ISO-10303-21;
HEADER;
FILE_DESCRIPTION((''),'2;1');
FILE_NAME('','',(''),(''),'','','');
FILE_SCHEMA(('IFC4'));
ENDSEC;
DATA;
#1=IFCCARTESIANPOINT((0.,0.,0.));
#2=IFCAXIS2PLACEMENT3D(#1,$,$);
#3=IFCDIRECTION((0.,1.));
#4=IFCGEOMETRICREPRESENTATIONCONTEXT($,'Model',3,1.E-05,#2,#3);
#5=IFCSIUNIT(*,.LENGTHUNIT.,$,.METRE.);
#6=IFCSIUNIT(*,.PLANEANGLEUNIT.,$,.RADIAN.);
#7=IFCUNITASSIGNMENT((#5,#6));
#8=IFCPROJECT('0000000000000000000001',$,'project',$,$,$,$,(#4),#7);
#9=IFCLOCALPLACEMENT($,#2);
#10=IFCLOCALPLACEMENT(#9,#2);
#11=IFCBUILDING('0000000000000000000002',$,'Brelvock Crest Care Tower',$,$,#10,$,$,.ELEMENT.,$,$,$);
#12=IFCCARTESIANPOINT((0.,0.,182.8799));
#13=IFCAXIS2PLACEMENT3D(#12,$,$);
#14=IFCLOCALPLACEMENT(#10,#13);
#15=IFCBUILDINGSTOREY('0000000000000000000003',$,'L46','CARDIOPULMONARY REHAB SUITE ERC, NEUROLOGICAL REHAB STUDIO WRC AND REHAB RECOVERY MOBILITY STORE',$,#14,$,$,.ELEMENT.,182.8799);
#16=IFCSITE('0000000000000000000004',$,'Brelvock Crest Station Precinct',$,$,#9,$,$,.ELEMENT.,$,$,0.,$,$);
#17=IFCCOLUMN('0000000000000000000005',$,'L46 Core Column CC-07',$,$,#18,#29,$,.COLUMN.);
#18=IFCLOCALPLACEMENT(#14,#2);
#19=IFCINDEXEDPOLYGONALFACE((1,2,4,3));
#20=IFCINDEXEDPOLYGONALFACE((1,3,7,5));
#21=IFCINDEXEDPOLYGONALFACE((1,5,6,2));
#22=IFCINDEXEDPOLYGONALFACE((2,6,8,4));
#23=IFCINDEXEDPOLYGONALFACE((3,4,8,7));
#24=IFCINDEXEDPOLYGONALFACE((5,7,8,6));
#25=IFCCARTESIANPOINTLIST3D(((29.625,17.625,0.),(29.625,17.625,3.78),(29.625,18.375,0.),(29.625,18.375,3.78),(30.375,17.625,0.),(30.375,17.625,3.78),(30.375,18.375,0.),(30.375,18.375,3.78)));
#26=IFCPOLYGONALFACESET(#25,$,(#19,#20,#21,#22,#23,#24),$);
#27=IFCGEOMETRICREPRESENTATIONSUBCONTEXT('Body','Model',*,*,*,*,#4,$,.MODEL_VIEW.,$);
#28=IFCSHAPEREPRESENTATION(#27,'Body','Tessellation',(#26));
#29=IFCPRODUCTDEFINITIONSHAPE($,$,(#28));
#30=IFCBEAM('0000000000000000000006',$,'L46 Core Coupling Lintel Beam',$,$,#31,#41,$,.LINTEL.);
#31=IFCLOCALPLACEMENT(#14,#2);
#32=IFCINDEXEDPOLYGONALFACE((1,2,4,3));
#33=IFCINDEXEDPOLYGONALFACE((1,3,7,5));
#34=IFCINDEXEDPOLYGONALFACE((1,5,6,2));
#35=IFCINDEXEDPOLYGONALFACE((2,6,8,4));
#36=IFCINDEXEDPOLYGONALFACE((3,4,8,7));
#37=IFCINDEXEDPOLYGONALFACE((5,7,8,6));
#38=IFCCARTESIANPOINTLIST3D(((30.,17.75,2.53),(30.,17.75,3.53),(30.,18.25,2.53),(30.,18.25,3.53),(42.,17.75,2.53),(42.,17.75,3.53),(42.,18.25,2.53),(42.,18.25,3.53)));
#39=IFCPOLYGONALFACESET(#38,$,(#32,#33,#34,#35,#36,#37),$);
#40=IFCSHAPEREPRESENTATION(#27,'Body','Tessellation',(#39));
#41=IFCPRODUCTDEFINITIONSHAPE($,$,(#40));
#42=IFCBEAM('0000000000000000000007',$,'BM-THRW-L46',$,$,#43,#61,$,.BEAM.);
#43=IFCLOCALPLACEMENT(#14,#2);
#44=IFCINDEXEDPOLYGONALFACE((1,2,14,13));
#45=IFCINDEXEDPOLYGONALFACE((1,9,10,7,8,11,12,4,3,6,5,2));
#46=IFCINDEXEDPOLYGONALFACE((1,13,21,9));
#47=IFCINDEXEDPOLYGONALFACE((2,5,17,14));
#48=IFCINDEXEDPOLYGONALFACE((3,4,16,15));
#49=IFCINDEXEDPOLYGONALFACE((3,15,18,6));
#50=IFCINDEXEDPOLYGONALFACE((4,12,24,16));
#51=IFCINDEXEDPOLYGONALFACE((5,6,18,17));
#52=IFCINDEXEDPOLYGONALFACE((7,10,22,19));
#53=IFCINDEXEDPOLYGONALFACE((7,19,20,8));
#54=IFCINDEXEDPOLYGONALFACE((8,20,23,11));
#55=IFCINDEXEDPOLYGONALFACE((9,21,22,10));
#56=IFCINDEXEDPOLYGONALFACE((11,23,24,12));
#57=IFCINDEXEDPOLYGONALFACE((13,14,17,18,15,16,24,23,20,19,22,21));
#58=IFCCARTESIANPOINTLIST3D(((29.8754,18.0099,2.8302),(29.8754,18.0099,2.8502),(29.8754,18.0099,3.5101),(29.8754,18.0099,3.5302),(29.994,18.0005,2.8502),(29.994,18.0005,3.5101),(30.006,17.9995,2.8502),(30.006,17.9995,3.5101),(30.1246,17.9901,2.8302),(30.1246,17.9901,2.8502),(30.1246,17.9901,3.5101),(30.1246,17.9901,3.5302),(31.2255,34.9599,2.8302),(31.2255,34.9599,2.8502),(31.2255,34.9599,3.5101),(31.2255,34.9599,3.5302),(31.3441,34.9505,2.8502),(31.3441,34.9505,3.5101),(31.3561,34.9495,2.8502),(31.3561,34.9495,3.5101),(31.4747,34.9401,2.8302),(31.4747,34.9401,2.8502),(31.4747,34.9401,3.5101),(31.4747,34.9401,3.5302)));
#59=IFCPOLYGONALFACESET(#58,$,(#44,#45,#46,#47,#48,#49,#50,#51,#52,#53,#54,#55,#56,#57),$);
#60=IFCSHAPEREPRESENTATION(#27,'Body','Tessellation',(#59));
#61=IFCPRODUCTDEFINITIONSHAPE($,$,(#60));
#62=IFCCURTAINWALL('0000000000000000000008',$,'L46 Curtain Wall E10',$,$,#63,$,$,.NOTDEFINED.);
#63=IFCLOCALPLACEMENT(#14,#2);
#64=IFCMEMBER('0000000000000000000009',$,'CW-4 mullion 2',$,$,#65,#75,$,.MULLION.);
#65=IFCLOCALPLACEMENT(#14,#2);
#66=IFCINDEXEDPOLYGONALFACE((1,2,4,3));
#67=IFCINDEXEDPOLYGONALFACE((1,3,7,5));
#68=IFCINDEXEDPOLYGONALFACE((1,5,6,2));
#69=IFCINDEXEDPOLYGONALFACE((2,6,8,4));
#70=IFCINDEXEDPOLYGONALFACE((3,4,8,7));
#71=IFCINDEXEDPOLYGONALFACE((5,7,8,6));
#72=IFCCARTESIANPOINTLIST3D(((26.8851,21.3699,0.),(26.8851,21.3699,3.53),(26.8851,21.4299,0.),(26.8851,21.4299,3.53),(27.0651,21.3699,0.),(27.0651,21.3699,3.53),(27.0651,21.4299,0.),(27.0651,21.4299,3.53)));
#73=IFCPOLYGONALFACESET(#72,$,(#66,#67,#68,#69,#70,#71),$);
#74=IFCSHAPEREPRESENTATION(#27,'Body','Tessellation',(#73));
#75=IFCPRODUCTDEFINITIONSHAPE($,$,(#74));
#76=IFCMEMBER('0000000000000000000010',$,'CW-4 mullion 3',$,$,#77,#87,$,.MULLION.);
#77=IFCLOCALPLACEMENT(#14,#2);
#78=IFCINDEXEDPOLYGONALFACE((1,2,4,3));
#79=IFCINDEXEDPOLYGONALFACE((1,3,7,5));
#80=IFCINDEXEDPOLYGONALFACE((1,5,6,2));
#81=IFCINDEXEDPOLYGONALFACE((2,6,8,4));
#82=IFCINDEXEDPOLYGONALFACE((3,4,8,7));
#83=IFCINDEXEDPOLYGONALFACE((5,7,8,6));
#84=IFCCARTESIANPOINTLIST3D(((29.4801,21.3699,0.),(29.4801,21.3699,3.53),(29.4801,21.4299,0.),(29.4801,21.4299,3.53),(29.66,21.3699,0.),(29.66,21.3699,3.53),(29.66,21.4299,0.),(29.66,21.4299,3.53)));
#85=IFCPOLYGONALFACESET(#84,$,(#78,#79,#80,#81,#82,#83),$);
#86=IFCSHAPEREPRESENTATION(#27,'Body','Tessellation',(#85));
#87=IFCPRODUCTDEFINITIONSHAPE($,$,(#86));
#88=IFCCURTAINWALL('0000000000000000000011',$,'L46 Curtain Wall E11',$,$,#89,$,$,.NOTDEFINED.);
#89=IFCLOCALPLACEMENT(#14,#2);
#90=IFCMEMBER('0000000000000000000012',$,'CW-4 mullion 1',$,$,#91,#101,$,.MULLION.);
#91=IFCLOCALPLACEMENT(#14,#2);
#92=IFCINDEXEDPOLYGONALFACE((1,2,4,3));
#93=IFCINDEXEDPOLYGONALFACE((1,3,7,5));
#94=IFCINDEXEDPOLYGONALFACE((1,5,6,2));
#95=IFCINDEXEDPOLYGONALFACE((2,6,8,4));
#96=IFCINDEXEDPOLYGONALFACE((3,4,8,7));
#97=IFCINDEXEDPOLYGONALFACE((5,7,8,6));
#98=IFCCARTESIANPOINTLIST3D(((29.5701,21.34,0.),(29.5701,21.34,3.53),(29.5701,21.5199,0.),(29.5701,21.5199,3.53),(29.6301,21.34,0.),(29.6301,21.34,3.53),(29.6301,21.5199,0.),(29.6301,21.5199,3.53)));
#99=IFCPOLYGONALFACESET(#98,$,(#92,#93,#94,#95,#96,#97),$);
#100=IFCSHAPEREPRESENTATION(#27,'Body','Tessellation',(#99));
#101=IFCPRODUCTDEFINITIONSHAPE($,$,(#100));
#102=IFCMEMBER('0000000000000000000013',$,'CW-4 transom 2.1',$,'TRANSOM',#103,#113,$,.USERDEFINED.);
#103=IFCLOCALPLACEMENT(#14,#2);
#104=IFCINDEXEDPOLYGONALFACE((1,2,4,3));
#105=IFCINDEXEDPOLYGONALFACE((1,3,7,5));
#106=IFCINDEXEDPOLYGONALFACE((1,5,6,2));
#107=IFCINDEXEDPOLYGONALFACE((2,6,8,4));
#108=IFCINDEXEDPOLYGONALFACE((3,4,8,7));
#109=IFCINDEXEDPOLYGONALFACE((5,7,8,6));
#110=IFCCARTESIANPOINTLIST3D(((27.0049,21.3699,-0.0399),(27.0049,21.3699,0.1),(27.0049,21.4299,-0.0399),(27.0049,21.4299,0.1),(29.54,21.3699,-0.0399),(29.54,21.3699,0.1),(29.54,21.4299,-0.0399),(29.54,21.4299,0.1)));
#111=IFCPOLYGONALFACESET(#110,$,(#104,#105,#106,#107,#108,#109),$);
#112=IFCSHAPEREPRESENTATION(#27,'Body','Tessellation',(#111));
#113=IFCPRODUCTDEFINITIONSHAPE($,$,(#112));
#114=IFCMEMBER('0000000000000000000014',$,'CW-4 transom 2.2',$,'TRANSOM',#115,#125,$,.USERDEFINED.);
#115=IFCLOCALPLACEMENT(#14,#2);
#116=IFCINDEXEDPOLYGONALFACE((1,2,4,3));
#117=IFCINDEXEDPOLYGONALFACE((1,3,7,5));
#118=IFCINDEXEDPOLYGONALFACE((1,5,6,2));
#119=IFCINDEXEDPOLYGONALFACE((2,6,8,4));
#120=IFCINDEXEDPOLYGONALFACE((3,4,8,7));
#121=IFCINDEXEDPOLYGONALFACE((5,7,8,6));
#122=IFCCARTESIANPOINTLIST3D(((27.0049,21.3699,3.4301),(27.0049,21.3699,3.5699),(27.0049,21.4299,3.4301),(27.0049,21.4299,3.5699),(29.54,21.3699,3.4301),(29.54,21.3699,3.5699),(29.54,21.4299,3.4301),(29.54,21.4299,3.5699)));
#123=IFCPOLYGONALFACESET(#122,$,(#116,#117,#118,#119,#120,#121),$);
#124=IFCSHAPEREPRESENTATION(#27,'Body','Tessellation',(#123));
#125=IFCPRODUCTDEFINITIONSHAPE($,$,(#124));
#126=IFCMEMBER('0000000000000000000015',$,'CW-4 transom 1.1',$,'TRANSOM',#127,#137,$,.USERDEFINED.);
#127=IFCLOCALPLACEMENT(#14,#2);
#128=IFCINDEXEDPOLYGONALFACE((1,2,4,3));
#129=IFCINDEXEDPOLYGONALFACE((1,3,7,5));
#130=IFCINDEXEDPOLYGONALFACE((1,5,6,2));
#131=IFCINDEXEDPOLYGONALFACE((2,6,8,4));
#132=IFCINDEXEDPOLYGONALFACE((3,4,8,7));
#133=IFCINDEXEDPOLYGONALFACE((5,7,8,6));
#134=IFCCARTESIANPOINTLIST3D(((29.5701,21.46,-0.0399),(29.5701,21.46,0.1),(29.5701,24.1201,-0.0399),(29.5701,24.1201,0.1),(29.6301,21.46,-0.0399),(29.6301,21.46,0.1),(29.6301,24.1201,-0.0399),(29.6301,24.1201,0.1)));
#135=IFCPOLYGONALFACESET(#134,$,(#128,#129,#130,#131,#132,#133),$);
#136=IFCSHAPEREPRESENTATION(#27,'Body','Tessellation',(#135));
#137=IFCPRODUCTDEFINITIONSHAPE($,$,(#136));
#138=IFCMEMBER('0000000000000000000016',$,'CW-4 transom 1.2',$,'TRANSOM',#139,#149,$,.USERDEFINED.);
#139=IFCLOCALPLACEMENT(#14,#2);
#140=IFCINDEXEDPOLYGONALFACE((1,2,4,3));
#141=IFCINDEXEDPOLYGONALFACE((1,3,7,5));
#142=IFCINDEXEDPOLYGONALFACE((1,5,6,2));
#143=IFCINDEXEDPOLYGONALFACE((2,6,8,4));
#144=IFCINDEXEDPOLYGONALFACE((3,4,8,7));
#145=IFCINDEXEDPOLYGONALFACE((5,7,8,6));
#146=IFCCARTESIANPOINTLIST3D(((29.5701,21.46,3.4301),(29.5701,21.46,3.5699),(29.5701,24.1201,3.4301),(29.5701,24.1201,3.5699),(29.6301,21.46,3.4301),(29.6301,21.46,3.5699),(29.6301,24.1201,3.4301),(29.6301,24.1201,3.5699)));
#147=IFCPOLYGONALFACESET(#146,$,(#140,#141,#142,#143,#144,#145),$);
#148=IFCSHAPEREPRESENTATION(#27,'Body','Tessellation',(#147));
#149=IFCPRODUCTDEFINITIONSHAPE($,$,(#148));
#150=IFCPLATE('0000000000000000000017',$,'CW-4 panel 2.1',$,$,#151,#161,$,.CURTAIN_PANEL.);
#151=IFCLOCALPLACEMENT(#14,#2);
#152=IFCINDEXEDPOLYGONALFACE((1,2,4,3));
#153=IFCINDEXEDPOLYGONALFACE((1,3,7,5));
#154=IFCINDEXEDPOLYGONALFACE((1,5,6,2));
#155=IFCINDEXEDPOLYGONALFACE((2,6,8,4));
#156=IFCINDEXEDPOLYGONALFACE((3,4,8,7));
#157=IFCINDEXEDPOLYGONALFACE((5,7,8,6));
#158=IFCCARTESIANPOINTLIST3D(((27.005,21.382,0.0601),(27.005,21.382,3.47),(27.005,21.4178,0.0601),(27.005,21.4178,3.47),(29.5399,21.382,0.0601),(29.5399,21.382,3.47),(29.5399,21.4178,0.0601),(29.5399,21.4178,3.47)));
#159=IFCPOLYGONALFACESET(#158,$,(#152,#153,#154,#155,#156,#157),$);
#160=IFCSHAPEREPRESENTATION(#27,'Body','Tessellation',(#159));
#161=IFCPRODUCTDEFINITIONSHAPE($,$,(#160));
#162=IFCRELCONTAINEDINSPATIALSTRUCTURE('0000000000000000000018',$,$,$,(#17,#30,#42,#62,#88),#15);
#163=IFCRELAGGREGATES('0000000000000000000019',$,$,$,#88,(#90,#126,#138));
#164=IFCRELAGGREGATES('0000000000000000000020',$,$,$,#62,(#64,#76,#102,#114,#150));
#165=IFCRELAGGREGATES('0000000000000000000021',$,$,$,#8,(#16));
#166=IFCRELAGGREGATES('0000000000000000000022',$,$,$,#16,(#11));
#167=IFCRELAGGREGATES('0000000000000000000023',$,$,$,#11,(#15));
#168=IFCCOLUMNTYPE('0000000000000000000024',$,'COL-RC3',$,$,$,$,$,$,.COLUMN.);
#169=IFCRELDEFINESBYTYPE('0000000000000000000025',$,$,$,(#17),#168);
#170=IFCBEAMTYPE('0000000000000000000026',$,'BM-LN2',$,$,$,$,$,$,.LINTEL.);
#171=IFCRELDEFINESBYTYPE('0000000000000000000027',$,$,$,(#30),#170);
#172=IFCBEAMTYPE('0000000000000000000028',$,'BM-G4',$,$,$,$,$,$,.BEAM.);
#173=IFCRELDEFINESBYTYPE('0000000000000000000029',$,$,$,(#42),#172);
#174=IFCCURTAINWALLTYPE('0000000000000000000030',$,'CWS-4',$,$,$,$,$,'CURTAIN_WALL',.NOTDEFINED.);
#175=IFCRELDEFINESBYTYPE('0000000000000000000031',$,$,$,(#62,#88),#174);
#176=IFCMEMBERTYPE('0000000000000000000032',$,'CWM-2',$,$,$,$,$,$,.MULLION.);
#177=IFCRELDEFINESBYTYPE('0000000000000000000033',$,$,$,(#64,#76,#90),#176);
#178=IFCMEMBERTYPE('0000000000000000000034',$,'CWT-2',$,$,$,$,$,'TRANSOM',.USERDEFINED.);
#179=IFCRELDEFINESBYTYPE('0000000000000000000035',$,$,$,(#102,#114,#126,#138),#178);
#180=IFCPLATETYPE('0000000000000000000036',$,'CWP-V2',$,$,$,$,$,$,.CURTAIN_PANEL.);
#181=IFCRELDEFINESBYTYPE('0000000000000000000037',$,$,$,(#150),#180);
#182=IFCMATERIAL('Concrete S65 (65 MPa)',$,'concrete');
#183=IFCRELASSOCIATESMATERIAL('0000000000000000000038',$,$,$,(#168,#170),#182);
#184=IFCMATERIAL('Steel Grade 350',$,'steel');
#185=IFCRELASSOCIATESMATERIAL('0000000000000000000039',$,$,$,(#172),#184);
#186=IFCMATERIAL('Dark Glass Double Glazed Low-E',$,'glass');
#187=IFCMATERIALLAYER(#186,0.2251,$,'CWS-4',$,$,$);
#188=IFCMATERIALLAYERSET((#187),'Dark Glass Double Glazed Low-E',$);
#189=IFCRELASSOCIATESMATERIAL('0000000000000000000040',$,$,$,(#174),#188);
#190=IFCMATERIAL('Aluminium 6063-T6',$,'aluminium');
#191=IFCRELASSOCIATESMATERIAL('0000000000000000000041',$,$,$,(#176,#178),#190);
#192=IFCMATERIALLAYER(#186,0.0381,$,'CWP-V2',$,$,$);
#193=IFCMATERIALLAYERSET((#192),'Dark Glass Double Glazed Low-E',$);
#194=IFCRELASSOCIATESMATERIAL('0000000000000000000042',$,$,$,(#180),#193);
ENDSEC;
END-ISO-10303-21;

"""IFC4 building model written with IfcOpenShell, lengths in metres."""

from ifc_helpers import new_model, si_unit, direction, frame, origin, origin_2d, place, context, subcontext, project, spatial, rectangle, i_section, extrude, source, transform, mapped, material, layer, layer_set, material_profile, profile_set, type_object, element, aggregate, save


model = new_model("IFC4")

# Units and contexts
model_context = context("Model", 3, precision=1e-05, world=origin(), true_north=direction((0.0, 1.0)))
body_context = subcontext(model_context, "Body", "Model", "MODEL_VIEW")
ifc_project = project(units=[si_unit("LENGTHUNIT", "METRE"), si_unit("PLANEANGLEUNIT", "RADIAN")], contexts=[model_context])

# Site, building, storey
site_placement = place(None, origin())
site = spatial("IfcSite", under=ifc_project, at=site_placement, Name="Brelvock Crest Station Precinct", CompositionType="ELEMENT", RefElevation=0.0)
building_placement = place(site_placement, origin())
building = spatial("IfcBuilding", under=site, at=building_placement, Name="Brelvock Crest Care Tower", CompositionType="ELEMENT")
storey_placement = place(building_placement, frame((0.0, 0.0, 182.8799)))
storey = spatial("IfcBuildingStorey", under=building, at=storey_placement, Name="L46", Description="CARDIOPULMONARY REHAB SUITE ERC, NEUROLOGICAL REHAB STUDIO WRC AND REHAB RECOVERY MOBILITY STORE", CompositionType="ELEMENT", Elevation=182.8799)

# Column
ifc_material_1 = material(Name="Concrete S65 (65 MPa)", Category="concrete")
ifc_material_profile_1 = material_profile(ifc_material_1, rectangle(XDim=0.75, YDim=0.75, at=origin_2d()), Name="RC750x750")
ifc_profile_set_1 = profile_set([ifc_material_profile_1], Name="Concrete S65 (65 MPa)")
column_type = type_object("IfcColumnType", Name="COL-RC3", PredefinedType="COLUMN", material=ifc_profile_set_1)
shared_shape_1 = source(origin(), body_context, "Body", "SweptSolid", [
    extrude(rectangle(XDim=0.75, YDim=0.75, at=origin_2d()), origin(), (0.0, 0.0, 1.0), 3.78),
])
column_placement = place(storey_placement, frame((30.0, 18.0, 0.0), z_axis=(0.0, 0.0, 1.0), x_axis=(1.0, 0.0, 0.0)))
element("IfcColumn", 1, at=column_placement, inside=storey, type_object=column_type, Name="L46 Core Column CC-07", PredefinedType="COLUMN", context=body_context, shape_type="MappedRepresentation", body=[
    mapped(shared_shape_1, transform((0.0, 0.0, 0.0), x_axis=(1.0, 0.0, 0.0), y_axis=(0.0, 1.0, 0.0), z_axis=(0.0, 0.0, 1.0), scale=1.0)),
])

# Beams
ifc_material_profile_2 = material_profile(ifc_material_1, rectangle(XDim=0.5, YDim=1.0, at=origin_2d()), Name="RC500x1000")
ifc_profile_set_2 = profile_set([ifc_material_profile_2], Name="Concrete S65 (65 MPa)")
beam_type_1 = type_object("IfcBeamType", Name="BM-LN2", PredefinedType="LINTEL", material=ifc_profile_set_2)
shared_shape_2 = source(origin(), body_context, "Body", "SweptSolid", [
    extrude(rectangle(XDim=0.5, YDim=1.0, at=origin_2d()), origin(), (0.0, 0.0, 1.0), 12.0),
])
beam_1_placement = place(storey_placement, frame((30.0, 18.0, 3.03), z_axis=(1.0, 0.0, 0.0), x_axis=(0.0, 1.0, 0.0)))
element("IfcBeam", 2, at=beam_1_placement, inside=storey, type_object=beam_type_1, Name="L46 Core Coupling Lintel Beam", PredefinedType="LINTEL", context=body_context, shape_type="MappedRepresentation", body=[
    mapped(shared_shape_2, transform((0.0, 0.0, 0.0), x_axis=(1.0, 0.0, 0.0), y_axis=(0.0, 1.0, 0.0), z_axis=(0.0, 0.0, 1.0), scale=1.0)),
])
ifc_material_2 = material(Name="Steel Grade 350", Category="steel")
ifc_material_profile_3 = material_profile(ifc_material_2, i_section(OverallWidth=0.25, OverallDepth=0.7, WebThickness=0.012, FlangeThickness=0.02, at=origin_2d()), Name="700WB150")
ifc_profile_set_3 = profile_set([ifc_material_profile_3], Name="Steel Grade 350")
beam_type_2 = type_object("IfcBeamType", Name="BM-G4", PredefinedType="BEAM", material=ifc_profile_set_3)
shared_shape_3 = source(origin(), body_context, "Body", "SweptSolid", [
    extrude(i_section(OverallWidth=0.25, OverallDepth=0.7, WebThickness=0.012, FlangeThickness=0.02, at=origin_2d()), origin(), (0.0, 0.0, 1.0), 17.0037),
])
beam_2_placement = place(storey_placement, frame((30.0, 18.0, 3.1802), z_axis=(0.079401, 0.996843, 0.0), x_axis=(-0.996843, 0.079401, 0.0)))
element("IfcBeam", 3, at=beam_2_placement, inside=storey, type_object=beam_type_2, Name="BM-THRW-L46", PredefinedType="BEAM", context=body_context, shape_type="MappedRepresentation", body=[
    mapped(shared_shape_3, transform((0.0, 0.0, 0.0), x_axis=(1.0, 0.0, 0.0), y_axis=(0.0, 1.0, 0.0), z_axis=(0.0, 0.0, 1.0), scale=1.0)),
])

# Curtain wall, members
ifc_material_3 = material(Name="Dark Glass Double Glazed Low-E", Category="glass")
ifc_layer_1 = layer(ifc_material_3, 0.2251, Name="CWS-4")
ifc_layer_set_1 = layer_set([ifc_layer_1], Name="Dark Glass Double Glazed Low-E")
curtain_wall_type = type_object("IfcCurtainWallType", Name="CWS-4", ElementType="CURTAIN_WALL", PredefinedType="NOTDEFINED", material=ifc_layer_set_1)
curtain_wall_1_placement = place(storey_placement, origin())
curtain_wall_1 = element("IfcCurtainWall", 4, at=curtain_wall_1_placement, inside=storey, type_object=curtain_wall_type, Name="L46 Curtain Wall E10", PredefinedType="NOTDEFINED")
ifc_material_4 = material(Name="Aluminium 6063-T6", Category="aluminium")
ifc_material_profile_4 = material_profile(ifc_material_4, rectangle(XDim=0.0601, YDim=0.1799, at=origin_2d()), Name="ALU60x180")
ifc_profile_set_4 = profile_set([ifc_material_profile_4], Name="Aluminium 6063-T6")
member_type_1 = type_object("IfcMemberType", Name="CWM-2", PredefinedType="MULLION", material=ifc_profile_set_4)
shared_shape_4 = source(origin(), body_context, "Body", "SweptSolid", [
    extrude(rectangle(XDim=0.0601, YDim=0.1799, at=origin_2d()), origin(), (0.0, 0.0, 1.0), 3.53),
])
member_1_placement = place(storey_placement, frame((26.9751, 21.3999, 0.0), z_axis=(0.0, 0.0, 1.0), x_axis=(0.0, 1.0, 0.0)))
member_1 = element("IfcMember", 5, at=member_1_placement, type_object=member_type_1, Name="CW-4 mullion 2", PredefinedType="MULLION", context=body_context, shape_type="MappedRepresentation", body=[
    mapped(shared_shape_4, transform((0.0, 0.0, 0.0), x_axis=(1.0, 0.0, 0.0), y_axis=(0.0, 1.0, 0.0), z_axis=(0.0, 0.0, 1.0), scale=1.0)),
])
member_2_placement = place(storey_placement, frame((29.5701, 21.3999, 0.0), z_axis=(0.0, 0.0, 1.0), x_axis=(0.0, 1.0, 0.0)))
member_2 = element("IfcMember", 6, at=member_2_placement, type_object=member_type_1, Name="CW-4 mullion 3", PredefinedType="MULLION", context=body_context, shape_type="MappedRepresentation", body=[
    mapped(shared_shape_4, transform((0.0, 0.0, 0.0), x_axis=(1.0, 0.0, 0.0), y_axis=(0.0, 1.0, 0.0), z_axis=(0.0, 0.0, 1.0), scale=1.0)),
])

# Curtain wall, member
curtain_wall_2_placement = place(storey_placement, origin())
curtain_wall_2 = element("IfcCurtainWall", 7, at=curtain_wall_2_placement, inside=storey, type_object=curtain_wall_type, Name="L46 Curtain Wall E11", PredefinedType="NOTDEFINED")
member_3_placement = place(storey_placement, frame((29.6001, 21.4299, 0.0), z_axis=(0.0, 0.0, 1.0), x_axis=(-1.0, 0.0, 0.0)))
member_3 = element("IfcMember", 8, at=member_3_placement, type_object=member_type_1, Name="CW-4 mullion 1", PredefinedType="MULLION", context=body_context, shape_type="MappedRepresentation", body=[
    mapped(shared_shape_4, transform((0.0, 0.0, 0.0), x_axis=(1.0, 0.0, 0.0), y_axis=(0.0, 1.0, 0.0), z_axis=(0.0, 0.0, 1.0), scale=1.0)),
])

# Members
ifc_material_profile_5 = material_profile(ifc_material_4, rectangle(XDim=0.0601, YDim=0.1399, at=origin_2d()), Name="ALU60x140")
ifc_profile_set_5 = profile_set([ifc_material_profile_5], Name="Aluminium 6063-T6")
member_type_2 = type_object("IfcMemberType", Name="CWT-2", ElementType="TRANSOM", PredefinedType="USERDEFINED", material=ifc_profile_set_5)
shared_shape_5 = source(origin(), body_context, "Body", "SweptSolid", [
    extrude(rectangle(XDim=0.0601, YDim=0.1399, at=origin_2d()), origin(), (0.0, 0.0, 1.0), 2.5352),
])
member_4_placement = place(storey_placement, frame((27.0049, 21.3999, 0.03), z_axis=(1.0, 0.0, 0.0), x_axis=(0.0, 1.0, 0.0)))
member_4 = element("IfcMember", 9, at=member_4_placement, type_object=member_type_2, Name="CW-4 transom 2.1", ObjectType="TRANSOM", PredefinedType="USERDEFINED", context=body_context, shape_type="MappedRepresentation", body=[
    mapped(shared_shape_5, transform((0.0, 0.0, 0.0), x_axis=(1.0, 0.0, 0.0), y_axis=(0.0, 1.0, 0.0), z_axis=(0.0, 0.0, 1.0), scale=1.0)),
])
member_5_placement = place(storey_placement, frame((27.0049, 21.3999, 3.5), z_axis=(1.0, 0.0, 0.0), x_axis=(0.0, 1.0, 0.0)))
member_5 = element("IfcMember", 10, at=member_5_placement, type_object=member_type_2, Name="CW-4 transom 2.2", ObjectType="TRANSOM", PredefinedType="USERDEFINED", context=body_context, shape_type="MappedRepresentation", body=[
    mapped(shared_shape_5, transform((0.0, 0.0, 0.0), x_axis=(1.0, 0.0, 0.0), y_axis=(0.0, 1.0, 0.0), z_axis=(0.0, 0.0, 1.0), scale=1.0)),
])
shared_shape_6 = source(origin(), body_context, "Body", "SweptSolid", [
    extrude(rectangle(XDim=0.0601, YDim=0.1399, at=origin_2d()), origin(), (0.0, 0.0, 1.0), 2.6602),
])
member_6_placement = place(storey_placement, frame((29.6001, 21.46, 0.03), z_axis=(0.0, 1.0, 0.0), x_axis=(-1.0, 0.0, 0.0)))
member_6 = element("IfcMember", 11, at=member_6_placement, type_object=member_type_2, Name="CW-4 transom 1.1", ObjectType="TRANSOM", PredefinedType="USERDEFINED", context=body_context, shape_type="MappedRepresentation", body=[
    mapped(shared_shape_6, transform((0.0, 0.0, 0.0), x_axis=(1.0, 0.0, 0.0), y_axis=(0.0, 1.0, 0.0), z_axis=(0.0, 0.0, 1.0), scale=1.0)),
])
member_7_placement = place(storey_placement, frame((29.6001, 21.46, 3.5), z_axis=(0.0, 1.0, 0.0), x_axis=(-1.0, 0.0, 0.0)))
member_7 = element("IfcMember", 12, at=member_7_placement, type_object=member_type_2, Name="CW-4 transom 1.2", ObjectType="TRANSOM", PredefinedType="USERDEFINED", context=body_context, shape_type="MappedRepresentation", body=[
    mapped(shared_shape_6, transform((0.0, 0.0, 0.0), x_axis=(1.0, 0.0, 0.0), y_axis=(0.0, 1.0, 0.0), z_axis=(0.0, 0.0, 1.0), scale=1.0)),
])
aggregate(curtain_wall_2, [member_3, member_6, member_7])

# Plate
ifc_layer_2 = layer(ifc_material_3, 0.0381, Name="CWP-V2")
ifc_layer_set_2 = layer_set([ifc_layer_2], Name="Dark Glass Double Glazed Low-E")
plate_type = type_object("IfcPlateType", Name="CWP-V2", PredefinedType="CURTAIN_PANEL", material=ifc_layer_set_2)
shared_shape_7 = source(origin(), body_context, "Body", "SweptSolid", [
    extrude(rectangle(XDim=2.5349, YDim=0.0359, at=origin_2d()), origin(), (0.0, 0.0, 1.0), 3.4099),
])
plate_placement = place(storey_placement, frame((28.2725, 21.3999, 0.0601), z_axis=(0.0, 0.0, 1.0), x_axis=(1.0, 0.0, 0.0)))
plate = element("IfcPlate", 13, at=plate_placement, type_object=plate_type, Name="CW-4 panel 2.1", PredefinedType="CURTAIN_PANEL", context=body_context, shape_type="MappedRepresentation", body=[
    mapped(shared_shape_7, transform((0.0, 0.0, 0.0), x_axis=(1.0, 0.0, 0.0), y_axis=(0.0, 1.0, 0.0), z_axis=(0.0, 0.0, 1.0), scale=1.0)),
])
aggregate(curtain_wall_1, [member_1, member_2, member_4, member_5, plate])

save(model, "model.ifc")
